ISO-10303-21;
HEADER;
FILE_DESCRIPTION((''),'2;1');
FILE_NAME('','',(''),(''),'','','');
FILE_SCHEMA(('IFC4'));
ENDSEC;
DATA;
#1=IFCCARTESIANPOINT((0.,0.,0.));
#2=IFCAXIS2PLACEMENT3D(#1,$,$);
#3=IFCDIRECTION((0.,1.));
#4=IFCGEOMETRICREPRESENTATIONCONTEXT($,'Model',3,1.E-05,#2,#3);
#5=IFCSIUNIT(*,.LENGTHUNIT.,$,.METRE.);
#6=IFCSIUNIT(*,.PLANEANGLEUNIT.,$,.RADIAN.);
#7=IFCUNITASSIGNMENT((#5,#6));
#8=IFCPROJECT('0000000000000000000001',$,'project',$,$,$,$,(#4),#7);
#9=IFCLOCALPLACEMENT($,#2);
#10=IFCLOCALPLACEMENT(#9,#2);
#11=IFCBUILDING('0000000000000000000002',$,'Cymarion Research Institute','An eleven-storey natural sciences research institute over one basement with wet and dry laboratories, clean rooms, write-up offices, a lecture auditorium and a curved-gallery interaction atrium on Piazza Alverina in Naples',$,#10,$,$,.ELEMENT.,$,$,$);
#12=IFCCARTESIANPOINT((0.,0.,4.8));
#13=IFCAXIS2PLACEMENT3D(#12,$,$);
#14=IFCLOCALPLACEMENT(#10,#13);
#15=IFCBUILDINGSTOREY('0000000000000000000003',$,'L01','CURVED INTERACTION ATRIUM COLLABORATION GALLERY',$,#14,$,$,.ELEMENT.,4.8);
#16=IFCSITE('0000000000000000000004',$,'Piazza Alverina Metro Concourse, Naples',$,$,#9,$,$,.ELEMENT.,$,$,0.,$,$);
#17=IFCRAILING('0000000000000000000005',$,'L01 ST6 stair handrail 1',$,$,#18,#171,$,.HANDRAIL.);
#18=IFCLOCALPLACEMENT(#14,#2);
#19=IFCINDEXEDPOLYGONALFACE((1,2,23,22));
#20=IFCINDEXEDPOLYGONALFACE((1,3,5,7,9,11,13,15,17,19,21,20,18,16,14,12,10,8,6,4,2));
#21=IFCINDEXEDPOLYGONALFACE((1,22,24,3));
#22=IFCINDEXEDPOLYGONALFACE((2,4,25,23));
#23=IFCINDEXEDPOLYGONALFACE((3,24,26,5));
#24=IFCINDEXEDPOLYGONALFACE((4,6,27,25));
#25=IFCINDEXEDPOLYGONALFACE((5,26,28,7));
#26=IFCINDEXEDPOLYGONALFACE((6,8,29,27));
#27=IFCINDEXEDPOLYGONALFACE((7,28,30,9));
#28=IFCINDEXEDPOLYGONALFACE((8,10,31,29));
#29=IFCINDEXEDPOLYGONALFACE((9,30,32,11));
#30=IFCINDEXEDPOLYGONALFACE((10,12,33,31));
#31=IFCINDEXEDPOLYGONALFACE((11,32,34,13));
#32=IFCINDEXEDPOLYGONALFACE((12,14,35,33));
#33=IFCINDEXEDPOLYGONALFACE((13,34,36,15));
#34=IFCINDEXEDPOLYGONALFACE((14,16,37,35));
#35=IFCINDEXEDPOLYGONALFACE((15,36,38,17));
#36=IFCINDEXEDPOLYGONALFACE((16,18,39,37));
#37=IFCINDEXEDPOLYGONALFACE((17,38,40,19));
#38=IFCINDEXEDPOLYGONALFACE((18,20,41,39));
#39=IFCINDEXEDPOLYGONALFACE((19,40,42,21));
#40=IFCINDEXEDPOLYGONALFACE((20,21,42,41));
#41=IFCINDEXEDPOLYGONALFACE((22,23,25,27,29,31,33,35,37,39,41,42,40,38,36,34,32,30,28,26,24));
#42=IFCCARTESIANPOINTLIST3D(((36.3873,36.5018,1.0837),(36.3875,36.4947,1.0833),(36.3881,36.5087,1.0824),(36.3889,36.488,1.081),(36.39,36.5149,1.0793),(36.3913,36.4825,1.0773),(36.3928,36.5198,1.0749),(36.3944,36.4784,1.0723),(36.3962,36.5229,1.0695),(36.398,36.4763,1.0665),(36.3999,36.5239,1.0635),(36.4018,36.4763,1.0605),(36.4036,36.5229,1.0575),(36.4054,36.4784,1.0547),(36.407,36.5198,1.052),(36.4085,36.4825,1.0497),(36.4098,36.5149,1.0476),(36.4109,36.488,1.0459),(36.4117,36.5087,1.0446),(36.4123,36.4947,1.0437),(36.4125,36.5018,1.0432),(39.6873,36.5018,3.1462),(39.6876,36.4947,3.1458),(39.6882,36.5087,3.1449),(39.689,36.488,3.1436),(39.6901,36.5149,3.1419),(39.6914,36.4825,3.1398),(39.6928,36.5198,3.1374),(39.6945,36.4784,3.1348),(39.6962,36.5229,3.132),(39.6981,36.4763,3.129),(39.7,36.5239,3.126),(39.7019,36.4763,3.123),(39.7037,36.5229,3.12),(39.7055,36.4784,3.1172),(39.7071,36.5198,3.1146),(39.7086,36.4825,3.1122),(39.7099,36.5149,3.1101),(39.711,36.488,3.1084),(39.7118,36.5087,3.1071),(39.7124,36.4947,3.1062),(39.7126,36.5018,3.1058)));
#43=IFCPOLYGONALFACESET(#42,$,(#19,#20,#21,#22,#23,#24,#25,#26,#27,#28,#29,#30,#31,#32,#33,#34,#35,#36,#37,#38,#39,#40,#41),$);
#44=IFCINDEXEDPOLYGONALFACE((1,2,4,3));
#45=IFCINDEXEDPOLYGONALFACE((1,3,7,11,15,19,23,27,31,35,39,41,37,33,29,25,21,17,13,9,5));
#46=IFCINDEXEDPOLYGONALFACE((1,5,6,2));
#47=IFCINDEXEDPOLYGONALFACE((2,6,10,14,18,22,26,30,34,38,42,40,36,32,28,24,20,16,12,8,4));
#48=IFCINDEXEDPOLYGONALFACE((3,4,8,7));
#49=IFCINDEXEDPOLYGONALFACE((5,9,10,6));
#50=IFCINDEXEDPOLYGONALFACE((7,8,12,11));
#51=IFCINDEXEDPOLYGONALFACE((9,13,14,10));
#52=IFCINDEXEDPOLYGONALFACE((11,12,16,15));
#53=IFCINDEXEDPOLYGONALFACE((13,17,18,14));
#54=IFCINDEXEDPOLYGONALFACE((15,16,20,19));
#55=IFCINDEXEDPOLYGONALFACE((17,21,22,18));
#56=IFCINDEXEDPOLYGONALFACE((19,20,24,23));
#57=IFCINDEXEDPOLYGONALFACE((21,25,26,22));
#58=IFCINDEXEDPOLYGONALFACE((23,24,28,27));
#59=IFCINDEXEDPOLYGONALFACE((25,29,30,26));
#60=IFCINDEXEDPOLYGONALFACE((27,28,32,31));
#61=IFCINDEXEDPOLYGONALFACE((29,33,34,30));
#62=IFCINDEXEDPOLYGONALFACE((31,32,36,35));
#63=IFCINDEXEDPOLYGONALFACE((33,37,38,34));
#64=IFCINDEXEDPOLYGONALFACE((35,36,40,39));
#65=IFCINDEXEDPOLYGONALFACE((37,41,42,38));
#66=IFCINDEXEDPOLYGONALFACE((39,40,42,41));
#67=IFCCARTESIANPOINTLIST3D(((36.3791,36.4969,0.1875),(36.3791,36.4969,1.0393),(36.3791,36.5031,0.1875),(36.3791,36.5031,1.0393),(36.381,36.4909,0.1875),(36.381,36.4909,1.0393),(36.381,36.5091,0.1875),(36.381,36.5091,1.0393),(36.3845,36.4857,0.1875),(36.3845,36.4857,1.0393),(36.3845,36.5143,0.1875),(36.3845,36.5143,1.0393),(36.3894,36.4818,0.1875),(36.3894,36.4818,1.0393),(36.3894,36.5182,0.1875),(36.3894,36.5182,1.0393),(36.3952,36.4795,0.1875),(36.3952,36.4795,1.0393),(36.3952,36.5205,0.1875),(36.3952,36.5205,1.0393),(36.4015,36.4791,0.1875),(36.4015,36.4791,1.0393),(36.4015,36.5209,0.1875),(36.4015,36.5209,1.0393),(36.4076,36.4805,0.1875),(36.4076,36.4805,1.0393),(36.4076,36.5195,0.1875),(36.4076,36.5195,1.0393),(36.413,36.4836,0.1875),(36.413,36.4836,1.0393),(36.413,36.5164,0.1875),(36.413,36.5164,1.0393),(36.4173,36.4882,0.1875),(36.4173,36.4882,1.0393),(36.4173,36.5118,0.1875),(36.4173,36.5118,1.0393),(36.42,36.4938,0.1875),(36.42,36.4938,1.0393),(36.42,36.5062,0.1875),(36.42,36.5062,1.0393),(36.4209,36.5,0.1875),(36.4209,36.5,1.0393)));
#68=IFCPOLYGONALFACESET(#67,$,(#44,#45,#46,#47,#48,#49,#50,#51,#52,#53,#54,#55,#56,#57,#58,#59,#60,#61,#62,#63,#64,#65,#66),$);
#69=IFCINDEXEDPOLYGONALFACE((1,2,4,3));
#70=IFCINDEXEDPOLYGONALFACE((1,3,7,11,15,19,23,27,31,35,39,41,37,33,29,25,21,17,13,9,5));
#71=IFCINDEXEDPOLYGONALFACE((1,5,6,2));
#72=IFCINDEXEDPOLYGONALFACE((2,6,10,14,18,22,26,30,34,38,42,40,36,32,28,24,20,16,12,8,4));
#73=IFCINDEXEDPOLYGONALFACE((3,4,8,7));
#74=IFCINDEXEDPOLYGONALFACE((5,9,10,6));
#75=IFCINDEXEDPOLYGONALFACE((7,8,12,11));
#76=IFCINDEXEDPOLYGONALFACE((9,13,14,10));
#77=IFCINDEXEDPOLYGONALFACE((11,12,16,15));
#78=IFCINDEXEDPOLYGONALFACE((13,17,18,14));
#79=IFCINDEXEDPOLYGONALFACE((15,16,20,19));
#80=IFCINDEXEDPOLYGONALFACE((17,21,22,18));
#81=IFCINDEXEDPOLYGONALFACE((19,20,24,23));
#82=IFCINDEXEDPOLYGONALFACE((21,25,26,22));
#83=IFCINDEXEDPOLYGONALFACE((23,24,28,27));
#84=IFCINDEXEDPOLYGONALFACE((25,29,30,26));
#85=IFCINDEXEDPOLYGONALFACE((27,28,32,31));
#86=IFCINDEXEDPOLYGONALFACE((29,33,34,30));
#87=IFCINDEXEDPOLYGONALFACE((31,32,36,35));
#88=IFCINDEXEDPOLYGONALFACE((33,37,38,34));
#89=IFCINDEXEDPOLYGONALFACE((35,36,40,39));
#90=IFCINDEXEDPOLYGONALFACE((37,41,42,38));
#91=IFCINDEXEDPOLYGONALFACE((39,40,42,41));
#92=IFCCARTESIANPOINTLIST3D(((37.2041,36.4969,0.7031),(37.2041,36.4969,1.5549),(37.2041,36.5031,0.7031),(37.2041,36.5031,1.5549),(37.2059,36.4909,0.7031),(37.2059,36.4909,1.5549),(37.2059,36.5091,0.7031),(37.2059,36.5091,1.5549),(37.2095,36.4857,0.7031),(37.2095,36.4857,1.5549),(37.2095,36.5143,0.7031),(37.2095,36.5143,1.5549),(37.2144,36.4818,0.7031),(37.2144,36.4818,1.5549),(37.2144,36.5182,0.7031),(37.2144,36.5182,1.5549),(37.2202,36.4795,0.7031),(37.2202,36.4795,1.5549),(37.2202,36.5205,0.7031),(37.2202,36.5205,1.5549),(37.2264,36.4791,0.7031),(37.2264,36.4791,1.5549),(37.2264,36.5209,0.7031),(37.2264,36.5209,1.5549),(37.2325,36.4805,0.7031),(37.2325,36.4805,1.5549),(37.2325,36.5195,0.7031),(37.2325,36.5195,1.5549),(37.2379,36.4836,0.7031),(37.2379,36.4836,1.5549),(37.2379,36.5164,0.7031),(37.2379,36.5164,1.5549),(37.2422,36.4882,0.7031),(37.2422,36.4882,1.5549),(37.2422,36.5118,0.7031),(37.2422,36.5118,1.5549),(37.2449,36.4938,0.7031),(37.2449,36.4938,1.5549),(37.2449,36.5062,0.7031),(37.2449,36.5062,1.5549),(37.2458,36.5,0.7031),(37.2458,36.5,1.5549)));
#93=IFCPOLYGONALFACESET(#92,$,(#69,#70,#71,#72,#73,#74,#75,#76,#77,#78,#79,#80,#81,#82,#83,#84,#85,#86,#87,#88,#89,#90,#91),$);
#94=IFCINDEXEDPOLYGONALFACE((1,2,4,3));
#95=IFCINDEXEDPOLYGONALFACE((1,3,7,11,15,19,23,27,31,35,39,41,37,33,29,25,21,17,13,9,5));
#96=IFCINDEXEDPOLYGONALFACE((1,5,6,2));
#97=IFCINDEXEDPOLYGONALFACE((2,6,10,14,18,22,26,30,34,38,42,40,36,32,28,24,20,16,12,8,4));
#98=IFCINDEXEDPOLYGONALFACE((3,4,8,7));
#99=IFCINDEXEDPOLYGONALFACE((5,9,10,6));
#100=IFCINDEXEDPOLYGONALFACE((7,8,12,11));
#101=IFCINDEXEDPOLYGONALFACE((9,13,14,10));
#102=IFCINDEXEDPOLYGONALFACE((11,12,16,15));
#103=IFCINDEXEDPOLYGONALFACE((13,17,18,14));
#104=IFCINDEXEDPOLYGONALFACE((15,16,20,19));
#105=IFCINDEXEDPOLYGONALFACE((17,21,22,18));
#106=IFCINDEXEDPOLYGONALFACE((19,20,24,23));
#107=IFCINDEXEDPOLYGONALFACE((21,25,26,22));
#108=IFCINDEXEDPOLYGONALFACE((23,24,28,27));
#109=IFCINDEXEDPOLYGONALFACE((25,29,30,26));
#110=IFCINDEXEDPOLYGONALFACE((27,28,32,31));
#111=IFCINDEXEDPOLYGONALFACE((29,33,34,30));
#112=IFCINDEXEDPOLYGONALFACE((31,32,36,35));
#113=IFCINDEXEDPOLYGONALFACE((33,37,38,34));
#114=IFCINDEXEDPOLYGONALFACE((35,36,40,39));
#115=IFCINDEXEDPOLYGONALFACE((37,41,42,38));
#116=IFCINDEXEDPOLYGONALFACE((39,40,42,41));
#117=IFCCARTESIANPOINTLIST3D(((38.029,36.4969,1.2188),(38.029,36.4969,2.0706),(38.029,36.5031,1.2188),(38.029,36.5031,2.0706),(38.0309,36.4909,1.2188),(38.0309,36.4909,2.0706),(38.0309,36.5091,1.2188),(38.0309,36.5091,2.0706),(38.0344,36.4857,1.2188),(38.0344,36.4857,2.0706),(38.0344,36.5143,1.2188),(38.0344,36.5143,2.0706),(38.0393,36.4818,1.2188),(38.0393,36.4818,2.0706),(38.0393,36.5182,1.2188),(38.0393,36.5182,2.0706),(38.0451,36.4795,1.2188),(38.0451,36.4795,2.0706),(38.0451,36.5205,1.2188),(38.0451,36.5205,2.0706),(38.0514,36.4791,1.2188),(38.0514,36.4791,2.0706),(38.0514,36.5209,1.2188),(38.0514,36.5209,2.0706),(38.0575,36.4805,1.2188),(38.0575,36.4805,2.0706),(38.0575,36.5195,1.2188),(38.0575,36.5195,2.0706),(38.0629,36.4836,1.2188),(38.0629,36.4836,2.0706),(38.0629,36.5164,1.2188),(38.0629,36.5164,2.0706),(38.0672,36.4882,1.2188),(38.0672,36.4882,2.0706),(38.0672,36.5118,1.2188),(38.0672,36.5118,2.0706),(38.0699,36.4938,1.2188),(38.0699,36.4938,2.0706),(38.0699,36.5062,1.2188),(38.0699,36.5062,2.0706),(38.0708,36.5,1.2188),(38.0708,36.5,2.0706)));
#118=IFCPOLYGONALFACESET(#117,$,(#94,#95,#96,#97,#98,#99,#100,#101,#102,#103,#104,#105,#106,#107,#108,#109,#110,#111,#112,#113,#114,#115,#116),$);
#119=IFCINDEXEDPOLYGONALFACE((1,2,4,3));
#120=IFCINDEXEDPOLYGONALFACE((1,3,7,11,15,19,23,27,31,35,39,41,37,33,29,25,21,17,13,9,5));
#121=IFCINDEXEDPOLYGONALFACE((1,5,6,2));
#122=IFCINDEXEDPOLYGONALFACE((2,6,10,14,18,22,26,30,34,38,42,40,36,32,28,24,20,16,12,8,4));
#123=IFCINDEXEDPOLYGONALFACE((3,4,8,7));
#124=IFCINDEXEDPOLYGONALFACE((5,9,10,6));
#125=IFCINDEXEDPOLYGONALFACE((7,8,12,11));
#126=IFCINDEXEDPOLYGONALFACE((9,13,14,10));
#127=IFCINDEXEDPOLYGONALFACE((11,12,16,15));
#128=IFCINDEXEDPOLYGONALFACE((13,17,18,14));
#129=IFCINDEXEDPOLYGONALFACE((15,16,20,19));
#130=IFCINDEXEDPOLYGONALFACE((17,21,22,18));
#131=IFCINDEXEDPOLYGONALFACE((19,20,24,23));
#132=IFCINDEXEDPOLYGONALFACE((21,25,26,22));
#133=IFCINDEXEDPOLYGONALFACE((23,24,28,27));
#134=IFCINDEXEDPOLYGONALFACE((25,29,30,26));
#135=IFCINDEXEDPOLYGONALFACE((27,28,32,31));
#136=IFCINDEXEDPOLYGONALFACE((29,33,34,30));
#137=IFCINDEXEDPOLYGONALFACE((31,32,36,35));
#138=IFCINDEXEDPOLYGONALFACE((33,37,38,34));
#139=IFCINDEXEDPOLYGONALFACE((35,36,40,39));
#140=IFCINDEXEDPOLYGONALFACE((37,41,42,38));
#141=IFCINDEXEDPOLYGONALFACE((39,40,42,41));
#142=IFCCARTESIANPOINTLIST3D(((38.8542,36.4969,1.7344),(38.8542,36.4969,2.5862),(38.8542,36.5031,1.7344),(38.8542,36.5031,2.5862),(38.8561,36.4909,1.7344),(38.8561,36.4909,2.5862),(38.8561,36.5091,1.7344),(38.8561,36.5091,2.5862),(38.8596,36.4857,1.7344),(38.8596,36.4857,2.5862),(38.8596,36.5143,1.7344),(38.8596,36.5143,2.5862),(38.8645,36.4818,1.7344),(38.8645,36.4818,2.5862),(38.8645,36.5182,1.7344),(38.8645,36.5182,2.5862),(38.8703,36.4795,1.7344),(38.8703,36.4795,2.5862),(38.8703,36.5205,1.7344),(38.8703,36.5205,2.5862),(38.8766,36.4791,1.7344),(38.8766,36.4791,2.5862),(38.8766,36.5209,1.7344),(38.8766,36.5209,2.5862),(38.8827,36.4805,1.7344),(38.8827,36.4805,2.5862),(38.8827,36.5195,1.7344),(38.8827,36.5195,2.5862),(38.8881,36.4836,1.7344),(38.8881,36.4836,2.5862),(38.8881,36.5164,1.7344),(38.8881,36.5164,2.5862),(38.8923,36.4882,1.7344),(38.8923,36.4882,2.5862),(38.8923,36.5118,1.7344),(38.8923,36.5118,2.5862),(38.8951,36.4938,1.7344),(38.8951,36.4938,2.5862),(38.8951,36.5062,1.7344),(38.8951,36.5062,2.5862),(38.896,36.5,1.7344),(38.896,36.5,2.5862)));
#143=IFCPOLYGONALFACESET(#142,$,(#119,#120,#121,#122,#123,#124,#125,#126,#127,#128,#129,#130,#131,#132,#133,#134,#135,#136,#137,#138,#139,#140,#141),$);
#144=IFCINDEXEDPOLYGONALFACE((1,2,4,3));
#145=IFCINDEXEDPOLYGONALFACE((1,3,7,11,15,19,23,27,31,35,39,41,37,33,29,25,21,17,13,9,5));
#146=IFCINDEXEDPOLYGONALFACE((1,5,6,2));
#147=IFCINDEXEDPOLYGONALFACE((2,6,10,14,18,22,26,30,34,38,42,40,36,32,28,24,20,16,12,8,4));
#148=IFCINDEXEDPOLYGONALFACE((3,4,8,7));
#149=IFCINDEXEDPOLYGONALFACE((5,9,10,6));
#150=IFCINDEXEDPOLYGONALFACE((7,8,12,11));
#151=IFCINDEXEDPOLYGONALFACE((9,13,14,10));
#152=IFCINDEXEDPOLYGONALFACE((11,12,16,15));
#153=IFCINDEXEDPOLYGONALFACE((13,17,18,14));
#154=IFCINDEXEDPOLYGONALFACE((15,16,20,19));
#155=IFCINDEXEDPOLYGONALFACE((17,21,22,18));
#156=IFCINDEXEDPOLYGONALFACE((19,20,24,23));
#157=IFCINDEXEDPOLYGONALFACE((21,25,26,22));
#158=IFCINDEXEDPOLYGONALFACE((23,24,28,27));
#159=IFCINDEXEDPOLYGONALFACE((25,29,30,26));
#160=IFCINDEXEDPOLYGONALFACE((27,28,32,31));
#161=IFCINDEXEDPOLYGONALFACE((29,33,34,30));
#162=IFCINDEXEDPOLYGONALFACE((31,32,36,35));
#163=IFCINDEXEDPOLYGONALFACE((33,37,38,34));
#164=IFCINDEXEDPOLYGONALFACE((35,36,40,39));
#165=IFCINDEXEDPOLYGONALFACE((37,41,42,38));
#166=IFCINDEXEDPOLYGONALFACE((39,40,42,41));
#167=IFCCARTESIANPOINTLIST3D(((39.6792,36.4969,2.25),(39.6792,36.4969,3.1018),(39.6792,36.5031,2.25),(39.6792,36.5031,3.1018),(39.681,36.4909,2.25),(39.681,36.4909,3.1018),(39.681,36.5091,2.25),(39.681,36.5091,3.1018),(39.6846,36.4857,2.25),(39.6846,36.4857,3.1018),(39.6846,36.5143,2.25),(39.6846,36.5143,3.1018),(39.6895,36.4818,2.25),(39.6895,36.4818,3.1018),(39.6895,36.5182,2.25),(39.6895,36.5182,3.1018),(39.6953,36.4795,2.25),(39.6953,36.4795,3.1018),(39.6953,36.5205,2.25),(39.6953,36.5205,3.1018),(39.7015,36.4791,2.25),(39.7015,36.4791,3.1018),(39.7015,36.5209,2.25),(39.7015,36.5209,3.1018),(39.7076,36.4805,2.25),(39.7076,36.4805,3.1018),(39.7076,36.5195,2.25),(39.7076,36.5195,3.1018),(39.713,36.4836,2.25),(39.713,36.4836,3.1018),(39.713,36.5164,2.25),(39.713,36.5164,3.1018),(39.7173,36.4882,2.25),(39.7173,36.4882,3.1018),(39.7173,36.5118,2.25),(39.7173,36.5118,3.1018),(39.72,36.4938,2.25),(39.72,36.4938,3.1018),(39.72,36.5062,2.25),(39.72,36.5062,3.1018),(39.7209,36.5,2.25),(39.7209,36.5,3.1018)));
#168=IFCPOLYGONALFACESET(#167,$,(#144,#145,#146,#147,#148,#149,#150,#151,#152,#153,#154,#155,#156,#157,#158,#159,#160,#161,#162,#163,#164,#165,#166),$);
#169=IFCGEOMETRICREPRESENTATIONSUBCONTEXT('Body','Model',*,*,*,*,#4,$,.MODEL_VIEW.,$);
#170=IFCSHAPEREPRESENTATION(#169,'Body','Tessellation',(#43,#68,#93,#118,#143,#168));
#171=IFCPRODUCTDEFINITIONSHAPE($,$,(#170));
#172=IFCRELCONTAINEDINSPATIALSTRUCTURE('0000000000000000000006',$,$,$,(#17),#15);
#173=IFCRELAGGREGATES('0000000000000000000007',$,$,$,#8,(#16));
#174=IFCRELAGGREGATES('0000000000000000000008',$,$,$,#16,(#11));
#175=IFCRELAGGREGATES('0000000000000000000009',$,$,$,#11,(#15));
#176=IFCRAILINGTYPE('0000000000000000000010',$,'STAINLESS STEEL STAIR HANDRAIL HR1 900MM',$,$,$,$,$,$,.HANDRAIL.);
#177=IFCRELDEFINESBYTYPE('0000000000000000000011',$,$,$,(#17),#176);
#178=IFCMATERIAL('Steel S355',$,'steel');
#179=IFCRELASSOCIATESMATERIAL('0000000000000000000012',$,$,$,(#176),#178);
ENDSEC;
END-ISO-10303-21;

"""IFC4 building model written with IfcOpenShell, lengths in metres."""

from ifc_helpers import new_model, si_unit, direction, frame, origin, origin_2d, place, context, subcontext, project, spatial, circle, extrude, material, type_object, element, save


model = new_model("IFC4")

# Units and contexts
model_context = context("Model", 3, precision=1e-05, world=origin(), true_north=direction((0.0, 1.0)))
body_context = subcontext(model_context, "Body", "Model", "MODEL_VIEW")
ifc_project = project(units=[si_unit("LENGTHUNIT", "METRE"), si_unit("PLANEANGLEUNIT", "RADIAN")], contexts=[model_context])

# Site, building, storey
site_placement = place(None, origin())
site = spatial("IfcSite", under=ifc_project, at=site_placement, Name="Piazza Alverina Metro Concourse, Naples", CompositionType="ELEMENT", RefElevation=0.0)
building_placement = place(site_placement, origin())
building = spatial("IfcBuilding", under=site, at=building_placement, Name="Cymarion Research Institute", Description="An eleven-storey natural sciences research institute over one basement with wet and dry laboratories, clean rooms, write-up offices, a lecture auditorium and a curved-gallery interaction atrium on Piazza Alverina in Naples", CompositionType="ELEMENT")
storey_placement = place(building_placement, frame((0.0, 0.0, 4.8)))
storey = spatial("IfcBuildingStorey", under=building, at=storey_placement, Name="L01", Description="CURVED INTERACTION ATRIUM COLLABORATION GALLERY", CompositionType="ELEMENT", Elevation=4.8)

# Shared definitions
ifc_material_1 = material(Name="Steel S355", Category="steel")

# Railing
railing_type_1 = type_object("IfcRailingType", Name="STAINLESS STEEL STAIR HANDRAIL HR1 900MM", PredefinedType="HANDRAIL", material=ifc_material_1)
railing_1_placement = place(storey_placement, frame((36.3999, 36.5, 0.1875)))
element("IfcRailing", 1, at=railing_1_placement, inside=storey, type_object=railing_type_1, Name="L01 ST6 stair handrail 1", PredefinedType="HANDRAIL", context=body_context, shape_type="SweptSolid", body=[
    extrude(circle(Radius=0.0239, at=origin_2d()), frame((0.0, 0.0, 0.876), z_axis=(0.848002, 0.0, 0.529993), x_axis=(0.0, 1.0, 0.0)), (0.0, 0.0, 1.0), 3.8916),
    extrude(circle(Radius=0.021, at=origin_2d()), origin(), (0.0, 0.0, 1.0), 0.8518),
    extrude(circle(Radius=0.021, at=origin_2d()), frame((0.825, 0.0, 0.5156)), (0.0, 0.0, 1.0), 0.8518),
    extrude(circle(Radius=0.021, at=origin_2d()), frame((1.6499, 0.0, 1.0312)), (0.0, 0.0, 1.0), 0.8518),
    extrude(circle(Radius=0.021, at=origin_2d()), frame((2.4751, 0.0, 1.5469)), (0.0, 0.0, 1.0), 0.8518),
    extrude(circle(Radius=0.021, at=origin_2d()), frame((3.3, 0.0, 2.0625)), (0.0, 0.0, 1.0), 0.8518),
])

save(model, "model.ifc")
